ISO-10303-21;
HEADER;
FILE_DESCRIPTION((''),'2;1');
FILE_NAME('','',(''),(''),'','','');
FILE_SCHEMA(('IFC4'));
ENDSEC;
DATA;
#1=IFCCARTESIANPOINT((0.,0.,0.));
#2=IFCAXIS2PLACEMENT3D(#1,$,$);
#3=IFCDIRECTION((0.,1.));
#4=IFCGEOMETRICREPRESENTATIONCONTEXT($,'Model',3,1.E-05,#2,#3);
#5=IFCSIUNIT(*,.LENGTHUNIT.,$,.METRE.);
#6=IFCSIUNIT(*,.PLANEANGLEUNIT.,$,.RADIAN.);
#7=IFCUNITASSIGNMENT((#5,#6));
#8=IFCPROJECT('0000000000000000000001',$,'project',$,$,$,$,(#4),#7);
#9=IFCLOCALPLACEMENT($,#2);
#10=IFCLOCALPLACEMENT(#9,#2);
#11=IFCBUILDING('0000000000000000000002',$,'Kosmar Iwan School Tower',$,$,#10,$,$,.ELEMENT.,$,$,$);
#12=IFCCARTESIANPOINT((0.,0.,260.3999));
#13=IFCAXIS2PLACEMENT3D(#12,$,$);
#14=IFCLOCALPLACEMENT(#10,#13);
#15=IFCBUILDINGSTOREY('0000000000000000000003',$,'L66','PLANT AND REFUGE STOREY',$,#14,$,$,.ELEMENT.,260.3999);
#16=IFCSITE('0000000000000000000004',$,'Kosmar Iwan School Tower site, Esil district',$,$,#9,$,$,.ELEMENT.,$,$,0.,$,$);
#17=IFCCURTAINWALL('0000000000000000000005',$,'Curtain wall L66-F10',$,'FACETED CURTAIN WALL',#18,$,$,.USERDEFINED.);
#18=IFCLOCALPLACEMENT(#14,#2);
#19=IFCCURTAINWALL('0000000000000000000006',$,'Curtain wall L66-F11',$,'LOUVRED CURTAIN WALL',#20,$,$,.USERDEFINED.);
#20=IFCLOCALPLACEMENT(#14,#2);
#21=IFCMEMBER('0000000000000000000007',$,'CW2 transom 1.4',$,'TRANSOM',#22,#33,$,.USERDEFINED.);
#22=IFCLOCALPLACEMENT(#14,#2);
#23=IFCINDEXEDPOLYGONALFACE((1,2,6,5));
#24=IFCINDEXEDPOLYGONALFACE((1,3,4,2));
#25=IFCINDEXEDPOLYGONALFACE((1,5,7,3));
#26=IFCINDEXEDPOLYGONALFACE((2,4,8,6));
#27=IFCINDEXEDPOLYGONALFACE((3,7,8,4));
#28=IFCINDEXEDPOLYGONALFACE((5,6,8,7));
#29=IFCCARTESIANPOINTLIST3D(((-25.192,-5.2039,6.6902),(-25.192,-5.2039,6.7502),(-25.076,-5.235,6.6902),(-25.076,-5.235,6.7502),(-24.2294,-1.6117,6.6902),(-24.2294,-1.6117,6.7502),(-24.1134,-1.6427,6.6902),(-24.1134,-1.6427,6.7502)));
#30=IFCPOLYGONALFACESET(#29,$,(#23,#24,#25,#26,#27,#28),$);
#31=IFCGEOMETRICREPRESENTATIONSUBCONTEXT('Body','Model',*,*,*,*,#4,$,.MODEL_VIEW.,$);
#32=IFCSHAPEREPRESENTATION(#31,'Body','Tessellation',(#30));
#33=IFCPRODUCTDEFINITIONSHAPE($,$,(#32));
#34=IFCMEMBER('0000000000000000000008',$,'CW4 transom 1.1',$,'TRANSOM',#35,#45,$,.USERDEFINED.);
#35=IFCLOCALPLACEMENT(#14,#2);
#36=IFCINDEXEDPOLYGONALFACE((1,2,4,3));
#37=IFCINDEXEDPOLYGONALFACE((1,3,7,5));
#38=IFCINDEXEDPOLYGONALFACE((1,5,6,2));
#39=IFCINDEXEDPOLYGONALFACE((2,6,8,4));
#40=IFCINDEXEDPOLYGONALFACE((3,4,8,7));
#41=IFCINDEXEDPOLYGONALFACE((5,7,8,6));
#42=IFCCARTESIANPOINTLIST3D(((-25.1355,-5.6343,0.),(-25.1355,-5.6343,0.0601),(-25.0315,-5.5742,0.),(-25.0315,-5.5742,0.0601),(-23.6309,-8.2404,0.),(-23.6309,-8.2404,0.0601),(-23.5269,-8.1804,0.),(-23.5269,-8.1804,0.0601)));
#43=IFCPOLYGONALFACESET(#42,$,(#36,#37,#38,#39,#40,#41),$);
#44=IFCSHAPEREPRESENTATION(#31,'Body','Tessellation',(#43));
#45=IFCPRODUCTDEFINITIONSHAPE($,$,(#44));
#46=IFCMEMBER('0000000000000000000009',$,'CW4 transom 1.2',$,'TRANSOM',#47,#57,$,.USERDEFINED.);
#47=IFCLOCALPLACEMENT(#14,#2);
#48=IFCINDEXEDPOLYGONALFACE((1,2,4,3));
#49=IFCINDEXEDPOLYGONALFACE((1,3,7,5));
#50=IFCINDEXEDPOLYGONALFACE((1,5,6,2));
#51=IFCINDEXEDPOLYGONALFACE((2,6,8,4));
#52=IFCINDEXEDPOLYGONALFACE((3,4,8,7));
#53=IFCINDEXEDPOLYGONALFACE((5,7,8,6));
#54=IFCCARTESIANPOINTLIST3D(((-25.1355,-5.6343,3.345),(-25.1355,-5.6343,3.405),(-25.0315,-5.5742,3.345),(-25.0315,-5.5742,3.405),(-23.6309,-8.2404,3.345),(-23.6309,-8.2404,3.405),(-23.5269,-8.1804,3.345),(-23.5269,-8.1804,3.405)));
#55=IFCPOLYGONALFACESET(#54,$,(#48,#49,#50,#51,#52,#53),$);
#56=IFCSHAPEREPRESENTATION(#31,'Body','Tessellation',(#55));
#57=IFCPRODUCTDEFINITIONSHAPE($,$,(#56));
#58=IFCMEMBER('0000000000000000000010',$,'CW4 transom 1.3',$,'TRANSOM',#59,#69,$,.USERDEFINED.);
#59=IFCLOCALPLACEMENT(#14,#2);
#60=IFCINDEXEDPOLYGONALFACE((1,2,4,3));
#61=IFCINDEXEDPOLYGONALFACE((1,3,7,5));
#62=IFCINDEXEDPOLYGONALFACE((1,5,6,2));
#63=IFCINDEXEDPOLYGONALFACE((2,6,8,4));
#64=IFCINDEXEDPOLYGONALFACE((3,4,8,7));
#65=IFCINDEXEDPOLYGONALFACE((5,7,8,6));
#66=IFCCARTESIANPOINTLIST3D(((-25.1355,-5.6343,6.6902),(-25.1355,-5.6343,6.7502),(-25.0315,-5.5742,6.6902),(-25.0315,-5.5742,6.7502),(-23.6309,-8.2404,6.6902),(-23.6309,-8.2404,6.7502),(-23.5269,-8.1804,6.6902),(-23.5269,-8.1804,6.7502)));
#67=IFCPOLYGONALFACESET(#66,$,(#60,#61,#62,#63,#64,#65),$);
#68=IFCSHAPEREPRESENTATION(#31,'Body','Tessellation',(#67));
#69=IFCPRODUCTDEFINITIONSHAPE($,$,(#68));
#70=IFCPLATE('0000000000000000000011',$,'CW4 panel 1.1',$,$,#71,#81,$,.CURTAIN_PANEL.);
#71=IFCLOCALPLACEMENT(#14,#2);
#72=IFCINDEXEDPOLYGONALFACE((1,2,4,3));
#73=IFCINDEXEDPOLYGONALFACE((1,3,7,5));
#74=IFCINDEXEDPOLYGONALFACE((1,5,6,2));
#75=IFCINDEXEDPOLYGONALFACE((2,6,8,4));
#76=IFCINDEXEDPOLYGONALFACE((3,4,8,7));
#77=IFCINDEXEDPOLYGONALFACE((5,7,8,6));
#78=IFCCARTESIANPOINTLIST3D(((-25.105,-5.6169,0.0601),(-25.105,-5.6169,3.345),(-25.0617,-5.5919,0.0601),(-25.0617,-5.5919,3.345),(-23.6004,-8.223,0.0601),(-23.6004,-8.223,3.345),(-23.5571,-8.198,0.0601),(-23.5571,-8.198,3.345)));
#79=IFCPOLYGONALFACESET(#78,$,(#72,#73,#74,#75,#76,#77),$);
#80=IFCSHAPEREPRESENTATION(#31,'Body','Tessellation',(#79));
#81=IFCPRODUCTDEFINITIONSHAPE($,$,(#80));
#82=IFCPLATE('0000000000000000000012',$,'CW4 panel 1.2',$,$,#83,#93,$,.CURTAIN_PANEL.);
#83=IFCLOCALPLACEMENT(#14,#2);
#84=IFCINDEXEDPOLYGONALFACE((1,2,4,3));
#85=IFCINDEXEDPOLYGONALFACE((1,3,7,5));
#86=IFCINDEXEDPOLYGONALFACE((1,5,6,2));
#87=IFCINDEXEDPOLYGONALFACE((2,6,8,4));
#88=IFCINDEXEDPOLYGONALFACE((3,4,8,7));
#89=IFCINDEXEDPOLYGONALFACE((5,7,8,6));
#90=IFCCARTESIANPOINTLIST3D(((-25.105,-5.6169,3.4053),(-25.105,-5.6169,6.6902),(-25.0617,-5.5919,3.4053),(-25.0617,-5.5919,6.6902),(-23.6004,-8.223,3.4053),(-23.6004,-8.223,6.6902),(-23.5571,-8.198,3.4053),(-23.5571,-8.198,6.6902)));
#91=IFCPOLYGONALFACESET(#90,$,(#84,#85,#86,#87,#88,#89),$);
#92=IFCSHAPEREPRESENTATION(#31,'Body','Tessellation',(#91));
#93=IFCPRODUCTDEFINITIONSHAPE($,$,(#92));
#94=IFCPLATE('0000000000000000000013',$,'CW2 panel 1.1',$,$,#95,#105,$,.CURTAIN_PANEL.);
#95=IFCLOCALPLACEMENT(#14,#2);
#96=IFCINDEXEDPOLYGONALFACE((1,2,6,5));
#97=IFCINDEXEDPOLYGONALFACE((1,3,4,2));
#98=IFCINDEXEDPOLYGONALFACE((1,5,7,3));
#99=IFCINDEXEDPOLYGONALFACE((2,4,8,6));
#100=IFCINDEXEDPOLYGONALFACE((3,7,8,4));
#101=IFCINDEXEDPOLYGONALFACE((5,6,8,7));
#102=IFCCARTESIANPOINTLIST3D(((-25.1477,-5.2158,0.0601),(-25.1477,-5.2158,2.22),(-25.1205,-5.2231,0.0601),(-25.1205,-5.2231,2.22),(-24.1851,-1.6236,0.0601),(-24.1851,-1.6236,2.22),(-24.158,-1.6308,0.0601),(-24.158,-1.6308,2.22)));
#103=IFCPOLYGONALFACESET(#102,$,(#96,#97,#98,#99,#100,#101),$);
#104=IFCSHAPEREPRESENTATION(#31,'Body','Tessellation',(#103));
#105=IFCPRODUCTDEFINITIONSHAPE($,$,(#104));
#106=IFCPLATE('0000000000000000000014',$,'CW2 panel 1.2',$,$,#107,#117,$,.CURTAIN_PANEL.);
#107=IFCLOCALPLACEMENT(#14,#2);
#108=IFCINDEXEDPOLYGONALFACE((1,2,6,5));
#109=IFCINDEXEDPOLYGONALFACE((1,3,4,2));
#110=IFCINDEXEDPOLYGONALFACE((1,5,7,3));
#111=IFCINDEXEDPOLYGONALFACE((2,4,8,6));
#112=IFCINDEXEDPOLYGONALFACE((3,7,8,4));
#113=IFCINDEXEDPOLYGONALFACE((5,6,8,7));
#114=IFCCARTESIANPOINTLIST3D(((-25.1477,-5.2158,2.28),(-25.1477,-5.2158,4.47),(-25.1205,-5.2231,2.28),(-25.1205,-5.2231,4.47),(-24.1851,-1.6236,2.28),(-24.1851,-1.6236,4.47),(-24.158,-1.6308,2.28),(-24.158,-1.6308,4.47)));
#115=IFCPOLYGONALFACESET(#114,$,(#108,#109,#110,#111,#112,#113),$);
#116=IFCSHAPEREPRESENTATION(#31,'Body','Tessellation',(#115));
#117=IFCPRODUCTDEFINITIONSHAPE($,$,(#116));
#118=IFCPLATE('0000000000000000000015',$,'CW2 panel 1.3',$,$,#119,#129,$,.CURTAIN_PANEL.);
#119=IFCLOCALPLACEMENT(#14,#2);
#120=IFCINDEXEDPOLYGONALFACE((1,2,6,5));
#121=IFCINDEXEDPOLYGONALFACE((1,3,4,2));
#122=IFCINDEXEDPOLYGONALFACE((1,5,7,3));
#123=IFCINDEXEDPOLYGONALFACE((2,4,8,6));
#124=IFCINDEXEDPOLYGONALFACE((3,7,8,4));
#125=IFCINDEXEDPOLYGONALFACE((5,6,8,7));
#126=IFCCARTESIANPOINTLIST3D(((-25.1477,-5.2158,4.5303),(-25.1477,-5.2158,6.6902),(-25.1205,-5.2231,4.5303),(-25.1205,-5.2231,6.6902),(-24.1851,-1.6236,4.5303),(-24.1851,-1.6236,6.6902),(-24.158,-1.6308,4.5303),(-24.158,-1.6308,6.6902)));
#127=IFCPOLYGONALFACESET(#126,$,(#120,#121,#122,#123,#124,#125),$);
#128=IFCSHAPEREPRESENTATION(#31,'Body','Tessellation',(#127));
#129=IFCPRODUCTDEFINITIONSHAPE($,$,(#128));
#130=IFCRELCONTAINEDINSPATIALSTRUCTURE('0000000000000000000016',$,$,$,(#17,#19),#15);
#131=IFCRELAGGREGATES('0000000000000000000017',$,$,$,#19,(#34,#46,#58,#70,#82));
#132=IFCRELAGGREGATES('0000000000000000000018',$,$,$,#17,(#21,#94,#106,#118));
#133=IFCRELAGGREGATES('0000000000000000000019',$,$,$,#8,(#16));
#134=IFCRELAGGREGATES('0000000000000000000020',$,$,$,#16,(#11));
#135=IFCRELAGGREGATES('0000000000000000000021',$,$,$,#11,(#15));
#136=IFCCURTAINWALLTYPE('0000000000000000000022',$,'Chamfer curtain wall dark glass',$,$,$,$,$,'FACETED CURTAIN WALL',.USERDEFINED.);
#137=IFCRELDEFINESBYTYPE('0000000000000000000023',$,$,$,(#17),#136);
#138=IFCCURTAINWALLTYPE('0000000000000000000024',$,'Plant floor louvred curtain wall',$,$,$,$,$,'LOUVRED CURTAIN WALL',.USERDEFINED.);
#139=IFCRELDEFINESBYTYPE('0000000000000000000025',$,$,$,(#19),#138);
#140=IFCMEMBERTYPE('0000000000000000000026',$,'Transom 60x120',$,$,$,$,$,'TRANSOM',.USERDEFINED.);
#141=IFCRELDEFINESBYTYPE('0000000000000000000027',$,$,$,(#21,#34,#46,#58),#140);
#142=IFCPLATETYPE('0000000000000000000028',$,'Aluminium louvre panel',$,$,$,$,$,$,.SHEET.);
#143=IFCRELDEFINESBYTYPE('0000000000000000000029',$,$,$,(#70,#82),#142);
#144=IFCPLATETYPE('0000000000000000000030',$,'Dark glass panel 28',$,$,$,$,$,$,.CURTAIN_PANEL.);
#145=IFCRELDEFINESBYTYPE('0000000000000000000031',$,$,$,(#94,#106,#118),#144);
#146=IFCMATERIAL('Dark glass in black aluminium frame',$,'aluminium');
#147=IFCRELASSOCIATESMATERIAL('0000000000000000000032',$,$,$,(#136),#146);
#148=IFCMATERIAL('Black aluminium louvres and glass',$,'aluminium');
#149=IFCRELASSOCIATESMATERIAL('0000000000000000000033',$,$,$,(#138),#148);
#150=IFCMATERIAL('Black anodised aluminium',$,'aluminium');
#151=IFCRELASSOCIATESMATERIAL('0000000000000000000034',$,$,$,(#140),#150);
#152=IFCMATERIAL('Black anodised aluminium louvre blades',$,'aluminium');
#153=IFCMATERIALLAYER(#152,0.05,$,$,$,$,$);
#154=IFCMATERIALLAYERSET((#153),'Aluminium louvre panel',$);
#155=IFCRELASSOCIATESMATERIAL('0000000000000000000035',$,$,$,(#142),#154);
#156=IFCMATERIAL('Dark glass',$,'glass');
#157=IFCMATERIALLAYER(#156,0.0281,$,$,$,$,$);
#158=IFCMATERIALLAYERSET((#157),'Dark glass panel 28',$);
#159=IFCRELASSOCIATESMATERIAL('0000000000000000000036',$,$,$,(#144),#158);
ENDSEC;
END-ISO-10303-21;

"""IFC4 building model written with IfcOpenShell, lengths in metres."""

from ifc_helpers import new_model, si_unit, direction, frame, origin, origin_2d, place, context, subcontext, project, spatial, rectangle, extrude, material, layer, layer_set, material_profile, profile_set, type_object, element, aggregate, save


model = new_model("IFC4")

# Units and contexts
model_context = context("Model", 3, precision=1e-05, world=origin(), true_north=direction((0.0, 1.0)))
body_context = subcontext(model_context, "Body", "Model", "MODEL_VIEW")
ifc_project = project(units=[si_unit("LENGTHUNIT", "METRE"), si_unit("PLANEANGLEUNIT", "RADIAN")], contexts=[model_context])

# Site, building, storey
site_placement = place(None, origin())
site = spatial("IfcSite", under=ifc_project, at=site_placement, Name="Kosmar Iwan School Tower site, Esil district", CompositionType="ELEMENT", RefElevation=0.0)
building_placement = place(site_placement, origin())
building = spatial("IfcBuilding", under=site, at=building_placement, Name="Kosmar Iwan School Tower", CompositionType="ELEMENT")
storey_placement = place(building_placement, frame((0.0, 0.0, 260.3999)))
storey = spatial("IfcBuildingStorey", under=building, at=storey_placement, Name="L66", Description="PLANT AND REFUGE STOREY", CompositionType="ELEMENT", Elevation=260.3999)

# Curtain walls
ifc_material_1 = material(Name="Dark glass in black aluminium frame", Category="aluminium")
curtain_wall_type_1 = type_object("IfcCurtainWallType", Name="Chamfer curtain wall dark glass", ElementType="FACETED CURTAIN WALL", PredefinedType="USERDEFINED", material=ifc_material_1)
curtain_wall_1_placement = place(storey_placement, origin())
curtain_wall_1 = element("IfcCurtainWall", 1, at=curtain_wall_1_placement, inside=storey, type_object=curtain_wall_type_1, Name="Curtain wall L66-F10", ObjectType="FACETED CURTAIN WALL", PredefinedType="USERDEFINED")
ifc_material_2 = material(Name="Black aluminium louvres and glass", Category="aluminium")
curtain_wall_type_2 = type_object("IfcCurtainWallType", Name="Plant floor louvred curtain wall", ElementType="LOUVRED CURTAIN WALL", PredefinedType="USERDEFINED", material=ifc_material_2)
curtain_wall_2_placement = place(storey_placement, origin())
curtain_wall_2 = element("IfcCurtainWall", 2, at=curtain_wall_2_placement, inside=storey, type_object=curtain_wall_type_2, Name="Curtain wall L66-F11", ObjectType="LOUVRED CURTAIN WALL", PredefinedType="USERDEFINED")

# Members
ifc_material_3 = material(Name="Black anodised aluminium", Category="aluminium")
ifc_material_profile_1 = material_profile(ifc_material_3, rectangle(XDim=0.1201, YDim=0.0601, at=origin_2d()), Name="TRANSOM 60x120")
ifc_profile_set_1 = profile_set([ifc_material_profile_1], Name="Black anodised aluminium")
member_type_1 = type_object("IfcMemberType", Name="Transom 60x120", ElementType="TRANSOM", PredefinedType="USERDEFINED", material=ifc_profile_set_1)
member_1_placement = place(storey_placement, frame((-24.1714, -1.6272, 6.7202), z_axis=(-0.258843, -0.965919, 0.0), x_axis=(0.965919, -0.258843, 0.0)))
member_1 = element("IfcMember", 3, at=member_1_placement, type_object=member_type_1, Name="CW2 transom 1.4", ObjectType="TRANSOM", PredefinedType="USERDEFINED", context=body_context, shape_type="SweptSolid", body=[
    extrude(rectangle(XDim=0.1201, YDim=0.0601, at=origin_2d()), origin(), (0.0, 0.0, 1.0), 3.719),
])
member_2_placement = place(storey_placement, frame((-25.0835, -5.6042, 0.03), z_axis=(0.499987, -0.866033, 0.0), x_axis=(0.866033, 0.499987, 0.0)))
member_2 = element("IfcMember", 4, at=member_2_placement, type_object=member_type_1, Name="CW4 transom 1.1", ObjectType="TRANSOM", PredefinedType="USERDEFINED", context=body_context, shape_type="SweptSolid", body=[
    extrude(rectangle(XDim=0.1201, YDim=0.0601, at=origin_2d()), origin(), (0.0, 0.0, 1.0), 3.0093),
])
member_3_placement = place(storey_placement, frame((-25.0835, -5.6042, 3.375), z_axis=(0.499987, -0.866033, 0.0), x_axis=(0.866033, 0.499987, 0.0)))
member_3 = element("IfcMember", 5, at=member_3_placement, type_object=member_type_1, Name="CW4 transom 1.2", ObjectType="TRANSOM", PredefinedType="USERDEFINED", context=body_context, shape_type="SweptSolid", body=[
    extrude(rectangle(XDim=0.1201, YDim=0.0601, at=origin_2d()), origin(), (0.0, 0.0, 1.0), 3.0093),
])
member_4_placement = place(storey_placement, frame((-25.0835, -5.6042, 6.7202), z_axis=(0.499987, -0.866033, 0.0), x_axis=(0.866033, 0.499987, 0.0)))
member_4 = element("IfcMember", 6, at=member_4_placement, type_object=member_type_1, Name="CW4 transom 1.3", ObjectType="TRANSOM", PredefinedType="USERDEFINED", context=body_context, shape_type="SweptSolid", body=[
    extrude(rectangle(XDim=0.1201, YDim=0.0601, at=origin_2d()), origin(), (0.0, 0.0, 1.0), 3.0093),
])

# Plates
ifc_material_4 = material(Name="Black anodised aluminium louvre blades", Category="aluminium")
ifc_layer_1 = layer(ifc_material_4, 0.05)
ifc_layer_set_1 = layer_set([ifc_layer_1], Name="Aluminium louvre panel")
plate_type_1 = type_object("IfcPlateType", Name="Aluminium louvre panel", PredefinedType="SHEET", material=ifc_layer_set_1)
plate_1_placement = place(storey_placement, frame((-24.3311, -6.9075, 0.0601), z_axis=(0.0, 0.0, 1.0), x_axis=(0.5, -0.866025, 0.0)))
plate_1 = element("IfcPlate", 7, at=plate_1_placement, type_object=plate_type_1, Name="CW4 panel 1.1", PredefinedType="CURTAIN_PANEL", context=body_context, shape_type="SweptSolid", body=[
    extrude(rectangle(XDim=3.0093, YDim=0.05, at=origin_2d()), origin(), (0.0, 0.0, 1.0), 3.2849),
])
plate_2_placement = place(storey_placement, frame((-24.3311, -6.9075, 3.4053), z_axis=(0.0, 0.0, 1.0), x_axis=(0.5, -0.866025, 0.0)))
plate_2 = element("IfcPlate", 8, at=plate_2_placement, type_object=plate_type_1, Name="CW4 panel 1.2", PredefinedType="CURTAIN_PANEL", context=body_context, shape_type="SweptSolid", body=[
    extrude(rectangle(XDim=3.0093, YDim=0.05, at=origin_2d()), origin(), (0.0, 0.0, 1.0), 3.2849),
])
aggregate(curtain_wall_2, [member_2, member_3, member_4, plate_1, plate_2])
ifc_material_5 = material(Name="Dark glass", Category="glass")
ifc_layer_2 = layer(ifc_material_5, 0.0281)
ifc_layer_set_2 = layer_set([ifc_layer_2], Name="Dark glass panel 28")
plate_type_2 = type_object("IfcPlateType", Name="Dark glass panel 28", PredefinedType="CURTAIN_PANEL", material=ifc_layer_set_2)
plate_3_placement = place(storey_placement, frame((-24.6528, -3.4233, 0.0601), z_axis=(0.0, 0.0, 1.0), x_axis=(-0.258819, -0.965926, 0.0)))
plate_3 = element("IfcPlate", 9, at=plate_3_placement, type_object=plate_type_2, Name="CW2 panel 1.1", PredefinedType="CURTAIN_PANEL", context=body_context, shape_type="SweptSolid", body=[
    extrude(rectangle(XDim=3.719, YDim=0.0281, at=origin_2d()), origin(), (0.0, 0.0, 1.0), 2.1599),
])
plate_4_placement = place(storey_placement, frame((-24.6528, -3.4233, 2.28), z_axis=(0.0, 0.0, 1.0), x_axis=(-0.258819, -0.965926, 0.0)))
plate_4 = element("IfcPlate", 10, at=plate_4_placement, type_object=plate_type_2, Name="CW2 panel 1.2", PredefinedType="CURTAIN_PANEL", context=body_context, shape_type="SweptSolid", body=[
    extrude(rectangle(XDim=3.719, YDim=0.0281, at=origin_2d()), origin(), (0.0, 0.0, 1.0), 2.1899),
])
plate_5_placement = place(storey_placement, frame((-24.6528, -3.4233, 4.5303), z_axis=(0.0, 0.0, 1.0), x_axis=(-0.258819, -0.965926, 0.0)))
plate_5 = element("IfcPlate", 11, at=plate_5_placement, type_object=plate_type_2, Name="CW2 panel 1.3", PredefinedType="CURTAIN_PANEL", context=body_context, shape_type="SweptSolid", body=[
    extrude(rectangle(XDim=3.719, YDim=0.0281, at=origin_2d()), origin(), (0.0, 0.0, 1.0), 2.1599),
])
aggregate(curtain_wall_1, [member_1, plate_3, plate_4, plate_5])

save(model, "model.ifc")
